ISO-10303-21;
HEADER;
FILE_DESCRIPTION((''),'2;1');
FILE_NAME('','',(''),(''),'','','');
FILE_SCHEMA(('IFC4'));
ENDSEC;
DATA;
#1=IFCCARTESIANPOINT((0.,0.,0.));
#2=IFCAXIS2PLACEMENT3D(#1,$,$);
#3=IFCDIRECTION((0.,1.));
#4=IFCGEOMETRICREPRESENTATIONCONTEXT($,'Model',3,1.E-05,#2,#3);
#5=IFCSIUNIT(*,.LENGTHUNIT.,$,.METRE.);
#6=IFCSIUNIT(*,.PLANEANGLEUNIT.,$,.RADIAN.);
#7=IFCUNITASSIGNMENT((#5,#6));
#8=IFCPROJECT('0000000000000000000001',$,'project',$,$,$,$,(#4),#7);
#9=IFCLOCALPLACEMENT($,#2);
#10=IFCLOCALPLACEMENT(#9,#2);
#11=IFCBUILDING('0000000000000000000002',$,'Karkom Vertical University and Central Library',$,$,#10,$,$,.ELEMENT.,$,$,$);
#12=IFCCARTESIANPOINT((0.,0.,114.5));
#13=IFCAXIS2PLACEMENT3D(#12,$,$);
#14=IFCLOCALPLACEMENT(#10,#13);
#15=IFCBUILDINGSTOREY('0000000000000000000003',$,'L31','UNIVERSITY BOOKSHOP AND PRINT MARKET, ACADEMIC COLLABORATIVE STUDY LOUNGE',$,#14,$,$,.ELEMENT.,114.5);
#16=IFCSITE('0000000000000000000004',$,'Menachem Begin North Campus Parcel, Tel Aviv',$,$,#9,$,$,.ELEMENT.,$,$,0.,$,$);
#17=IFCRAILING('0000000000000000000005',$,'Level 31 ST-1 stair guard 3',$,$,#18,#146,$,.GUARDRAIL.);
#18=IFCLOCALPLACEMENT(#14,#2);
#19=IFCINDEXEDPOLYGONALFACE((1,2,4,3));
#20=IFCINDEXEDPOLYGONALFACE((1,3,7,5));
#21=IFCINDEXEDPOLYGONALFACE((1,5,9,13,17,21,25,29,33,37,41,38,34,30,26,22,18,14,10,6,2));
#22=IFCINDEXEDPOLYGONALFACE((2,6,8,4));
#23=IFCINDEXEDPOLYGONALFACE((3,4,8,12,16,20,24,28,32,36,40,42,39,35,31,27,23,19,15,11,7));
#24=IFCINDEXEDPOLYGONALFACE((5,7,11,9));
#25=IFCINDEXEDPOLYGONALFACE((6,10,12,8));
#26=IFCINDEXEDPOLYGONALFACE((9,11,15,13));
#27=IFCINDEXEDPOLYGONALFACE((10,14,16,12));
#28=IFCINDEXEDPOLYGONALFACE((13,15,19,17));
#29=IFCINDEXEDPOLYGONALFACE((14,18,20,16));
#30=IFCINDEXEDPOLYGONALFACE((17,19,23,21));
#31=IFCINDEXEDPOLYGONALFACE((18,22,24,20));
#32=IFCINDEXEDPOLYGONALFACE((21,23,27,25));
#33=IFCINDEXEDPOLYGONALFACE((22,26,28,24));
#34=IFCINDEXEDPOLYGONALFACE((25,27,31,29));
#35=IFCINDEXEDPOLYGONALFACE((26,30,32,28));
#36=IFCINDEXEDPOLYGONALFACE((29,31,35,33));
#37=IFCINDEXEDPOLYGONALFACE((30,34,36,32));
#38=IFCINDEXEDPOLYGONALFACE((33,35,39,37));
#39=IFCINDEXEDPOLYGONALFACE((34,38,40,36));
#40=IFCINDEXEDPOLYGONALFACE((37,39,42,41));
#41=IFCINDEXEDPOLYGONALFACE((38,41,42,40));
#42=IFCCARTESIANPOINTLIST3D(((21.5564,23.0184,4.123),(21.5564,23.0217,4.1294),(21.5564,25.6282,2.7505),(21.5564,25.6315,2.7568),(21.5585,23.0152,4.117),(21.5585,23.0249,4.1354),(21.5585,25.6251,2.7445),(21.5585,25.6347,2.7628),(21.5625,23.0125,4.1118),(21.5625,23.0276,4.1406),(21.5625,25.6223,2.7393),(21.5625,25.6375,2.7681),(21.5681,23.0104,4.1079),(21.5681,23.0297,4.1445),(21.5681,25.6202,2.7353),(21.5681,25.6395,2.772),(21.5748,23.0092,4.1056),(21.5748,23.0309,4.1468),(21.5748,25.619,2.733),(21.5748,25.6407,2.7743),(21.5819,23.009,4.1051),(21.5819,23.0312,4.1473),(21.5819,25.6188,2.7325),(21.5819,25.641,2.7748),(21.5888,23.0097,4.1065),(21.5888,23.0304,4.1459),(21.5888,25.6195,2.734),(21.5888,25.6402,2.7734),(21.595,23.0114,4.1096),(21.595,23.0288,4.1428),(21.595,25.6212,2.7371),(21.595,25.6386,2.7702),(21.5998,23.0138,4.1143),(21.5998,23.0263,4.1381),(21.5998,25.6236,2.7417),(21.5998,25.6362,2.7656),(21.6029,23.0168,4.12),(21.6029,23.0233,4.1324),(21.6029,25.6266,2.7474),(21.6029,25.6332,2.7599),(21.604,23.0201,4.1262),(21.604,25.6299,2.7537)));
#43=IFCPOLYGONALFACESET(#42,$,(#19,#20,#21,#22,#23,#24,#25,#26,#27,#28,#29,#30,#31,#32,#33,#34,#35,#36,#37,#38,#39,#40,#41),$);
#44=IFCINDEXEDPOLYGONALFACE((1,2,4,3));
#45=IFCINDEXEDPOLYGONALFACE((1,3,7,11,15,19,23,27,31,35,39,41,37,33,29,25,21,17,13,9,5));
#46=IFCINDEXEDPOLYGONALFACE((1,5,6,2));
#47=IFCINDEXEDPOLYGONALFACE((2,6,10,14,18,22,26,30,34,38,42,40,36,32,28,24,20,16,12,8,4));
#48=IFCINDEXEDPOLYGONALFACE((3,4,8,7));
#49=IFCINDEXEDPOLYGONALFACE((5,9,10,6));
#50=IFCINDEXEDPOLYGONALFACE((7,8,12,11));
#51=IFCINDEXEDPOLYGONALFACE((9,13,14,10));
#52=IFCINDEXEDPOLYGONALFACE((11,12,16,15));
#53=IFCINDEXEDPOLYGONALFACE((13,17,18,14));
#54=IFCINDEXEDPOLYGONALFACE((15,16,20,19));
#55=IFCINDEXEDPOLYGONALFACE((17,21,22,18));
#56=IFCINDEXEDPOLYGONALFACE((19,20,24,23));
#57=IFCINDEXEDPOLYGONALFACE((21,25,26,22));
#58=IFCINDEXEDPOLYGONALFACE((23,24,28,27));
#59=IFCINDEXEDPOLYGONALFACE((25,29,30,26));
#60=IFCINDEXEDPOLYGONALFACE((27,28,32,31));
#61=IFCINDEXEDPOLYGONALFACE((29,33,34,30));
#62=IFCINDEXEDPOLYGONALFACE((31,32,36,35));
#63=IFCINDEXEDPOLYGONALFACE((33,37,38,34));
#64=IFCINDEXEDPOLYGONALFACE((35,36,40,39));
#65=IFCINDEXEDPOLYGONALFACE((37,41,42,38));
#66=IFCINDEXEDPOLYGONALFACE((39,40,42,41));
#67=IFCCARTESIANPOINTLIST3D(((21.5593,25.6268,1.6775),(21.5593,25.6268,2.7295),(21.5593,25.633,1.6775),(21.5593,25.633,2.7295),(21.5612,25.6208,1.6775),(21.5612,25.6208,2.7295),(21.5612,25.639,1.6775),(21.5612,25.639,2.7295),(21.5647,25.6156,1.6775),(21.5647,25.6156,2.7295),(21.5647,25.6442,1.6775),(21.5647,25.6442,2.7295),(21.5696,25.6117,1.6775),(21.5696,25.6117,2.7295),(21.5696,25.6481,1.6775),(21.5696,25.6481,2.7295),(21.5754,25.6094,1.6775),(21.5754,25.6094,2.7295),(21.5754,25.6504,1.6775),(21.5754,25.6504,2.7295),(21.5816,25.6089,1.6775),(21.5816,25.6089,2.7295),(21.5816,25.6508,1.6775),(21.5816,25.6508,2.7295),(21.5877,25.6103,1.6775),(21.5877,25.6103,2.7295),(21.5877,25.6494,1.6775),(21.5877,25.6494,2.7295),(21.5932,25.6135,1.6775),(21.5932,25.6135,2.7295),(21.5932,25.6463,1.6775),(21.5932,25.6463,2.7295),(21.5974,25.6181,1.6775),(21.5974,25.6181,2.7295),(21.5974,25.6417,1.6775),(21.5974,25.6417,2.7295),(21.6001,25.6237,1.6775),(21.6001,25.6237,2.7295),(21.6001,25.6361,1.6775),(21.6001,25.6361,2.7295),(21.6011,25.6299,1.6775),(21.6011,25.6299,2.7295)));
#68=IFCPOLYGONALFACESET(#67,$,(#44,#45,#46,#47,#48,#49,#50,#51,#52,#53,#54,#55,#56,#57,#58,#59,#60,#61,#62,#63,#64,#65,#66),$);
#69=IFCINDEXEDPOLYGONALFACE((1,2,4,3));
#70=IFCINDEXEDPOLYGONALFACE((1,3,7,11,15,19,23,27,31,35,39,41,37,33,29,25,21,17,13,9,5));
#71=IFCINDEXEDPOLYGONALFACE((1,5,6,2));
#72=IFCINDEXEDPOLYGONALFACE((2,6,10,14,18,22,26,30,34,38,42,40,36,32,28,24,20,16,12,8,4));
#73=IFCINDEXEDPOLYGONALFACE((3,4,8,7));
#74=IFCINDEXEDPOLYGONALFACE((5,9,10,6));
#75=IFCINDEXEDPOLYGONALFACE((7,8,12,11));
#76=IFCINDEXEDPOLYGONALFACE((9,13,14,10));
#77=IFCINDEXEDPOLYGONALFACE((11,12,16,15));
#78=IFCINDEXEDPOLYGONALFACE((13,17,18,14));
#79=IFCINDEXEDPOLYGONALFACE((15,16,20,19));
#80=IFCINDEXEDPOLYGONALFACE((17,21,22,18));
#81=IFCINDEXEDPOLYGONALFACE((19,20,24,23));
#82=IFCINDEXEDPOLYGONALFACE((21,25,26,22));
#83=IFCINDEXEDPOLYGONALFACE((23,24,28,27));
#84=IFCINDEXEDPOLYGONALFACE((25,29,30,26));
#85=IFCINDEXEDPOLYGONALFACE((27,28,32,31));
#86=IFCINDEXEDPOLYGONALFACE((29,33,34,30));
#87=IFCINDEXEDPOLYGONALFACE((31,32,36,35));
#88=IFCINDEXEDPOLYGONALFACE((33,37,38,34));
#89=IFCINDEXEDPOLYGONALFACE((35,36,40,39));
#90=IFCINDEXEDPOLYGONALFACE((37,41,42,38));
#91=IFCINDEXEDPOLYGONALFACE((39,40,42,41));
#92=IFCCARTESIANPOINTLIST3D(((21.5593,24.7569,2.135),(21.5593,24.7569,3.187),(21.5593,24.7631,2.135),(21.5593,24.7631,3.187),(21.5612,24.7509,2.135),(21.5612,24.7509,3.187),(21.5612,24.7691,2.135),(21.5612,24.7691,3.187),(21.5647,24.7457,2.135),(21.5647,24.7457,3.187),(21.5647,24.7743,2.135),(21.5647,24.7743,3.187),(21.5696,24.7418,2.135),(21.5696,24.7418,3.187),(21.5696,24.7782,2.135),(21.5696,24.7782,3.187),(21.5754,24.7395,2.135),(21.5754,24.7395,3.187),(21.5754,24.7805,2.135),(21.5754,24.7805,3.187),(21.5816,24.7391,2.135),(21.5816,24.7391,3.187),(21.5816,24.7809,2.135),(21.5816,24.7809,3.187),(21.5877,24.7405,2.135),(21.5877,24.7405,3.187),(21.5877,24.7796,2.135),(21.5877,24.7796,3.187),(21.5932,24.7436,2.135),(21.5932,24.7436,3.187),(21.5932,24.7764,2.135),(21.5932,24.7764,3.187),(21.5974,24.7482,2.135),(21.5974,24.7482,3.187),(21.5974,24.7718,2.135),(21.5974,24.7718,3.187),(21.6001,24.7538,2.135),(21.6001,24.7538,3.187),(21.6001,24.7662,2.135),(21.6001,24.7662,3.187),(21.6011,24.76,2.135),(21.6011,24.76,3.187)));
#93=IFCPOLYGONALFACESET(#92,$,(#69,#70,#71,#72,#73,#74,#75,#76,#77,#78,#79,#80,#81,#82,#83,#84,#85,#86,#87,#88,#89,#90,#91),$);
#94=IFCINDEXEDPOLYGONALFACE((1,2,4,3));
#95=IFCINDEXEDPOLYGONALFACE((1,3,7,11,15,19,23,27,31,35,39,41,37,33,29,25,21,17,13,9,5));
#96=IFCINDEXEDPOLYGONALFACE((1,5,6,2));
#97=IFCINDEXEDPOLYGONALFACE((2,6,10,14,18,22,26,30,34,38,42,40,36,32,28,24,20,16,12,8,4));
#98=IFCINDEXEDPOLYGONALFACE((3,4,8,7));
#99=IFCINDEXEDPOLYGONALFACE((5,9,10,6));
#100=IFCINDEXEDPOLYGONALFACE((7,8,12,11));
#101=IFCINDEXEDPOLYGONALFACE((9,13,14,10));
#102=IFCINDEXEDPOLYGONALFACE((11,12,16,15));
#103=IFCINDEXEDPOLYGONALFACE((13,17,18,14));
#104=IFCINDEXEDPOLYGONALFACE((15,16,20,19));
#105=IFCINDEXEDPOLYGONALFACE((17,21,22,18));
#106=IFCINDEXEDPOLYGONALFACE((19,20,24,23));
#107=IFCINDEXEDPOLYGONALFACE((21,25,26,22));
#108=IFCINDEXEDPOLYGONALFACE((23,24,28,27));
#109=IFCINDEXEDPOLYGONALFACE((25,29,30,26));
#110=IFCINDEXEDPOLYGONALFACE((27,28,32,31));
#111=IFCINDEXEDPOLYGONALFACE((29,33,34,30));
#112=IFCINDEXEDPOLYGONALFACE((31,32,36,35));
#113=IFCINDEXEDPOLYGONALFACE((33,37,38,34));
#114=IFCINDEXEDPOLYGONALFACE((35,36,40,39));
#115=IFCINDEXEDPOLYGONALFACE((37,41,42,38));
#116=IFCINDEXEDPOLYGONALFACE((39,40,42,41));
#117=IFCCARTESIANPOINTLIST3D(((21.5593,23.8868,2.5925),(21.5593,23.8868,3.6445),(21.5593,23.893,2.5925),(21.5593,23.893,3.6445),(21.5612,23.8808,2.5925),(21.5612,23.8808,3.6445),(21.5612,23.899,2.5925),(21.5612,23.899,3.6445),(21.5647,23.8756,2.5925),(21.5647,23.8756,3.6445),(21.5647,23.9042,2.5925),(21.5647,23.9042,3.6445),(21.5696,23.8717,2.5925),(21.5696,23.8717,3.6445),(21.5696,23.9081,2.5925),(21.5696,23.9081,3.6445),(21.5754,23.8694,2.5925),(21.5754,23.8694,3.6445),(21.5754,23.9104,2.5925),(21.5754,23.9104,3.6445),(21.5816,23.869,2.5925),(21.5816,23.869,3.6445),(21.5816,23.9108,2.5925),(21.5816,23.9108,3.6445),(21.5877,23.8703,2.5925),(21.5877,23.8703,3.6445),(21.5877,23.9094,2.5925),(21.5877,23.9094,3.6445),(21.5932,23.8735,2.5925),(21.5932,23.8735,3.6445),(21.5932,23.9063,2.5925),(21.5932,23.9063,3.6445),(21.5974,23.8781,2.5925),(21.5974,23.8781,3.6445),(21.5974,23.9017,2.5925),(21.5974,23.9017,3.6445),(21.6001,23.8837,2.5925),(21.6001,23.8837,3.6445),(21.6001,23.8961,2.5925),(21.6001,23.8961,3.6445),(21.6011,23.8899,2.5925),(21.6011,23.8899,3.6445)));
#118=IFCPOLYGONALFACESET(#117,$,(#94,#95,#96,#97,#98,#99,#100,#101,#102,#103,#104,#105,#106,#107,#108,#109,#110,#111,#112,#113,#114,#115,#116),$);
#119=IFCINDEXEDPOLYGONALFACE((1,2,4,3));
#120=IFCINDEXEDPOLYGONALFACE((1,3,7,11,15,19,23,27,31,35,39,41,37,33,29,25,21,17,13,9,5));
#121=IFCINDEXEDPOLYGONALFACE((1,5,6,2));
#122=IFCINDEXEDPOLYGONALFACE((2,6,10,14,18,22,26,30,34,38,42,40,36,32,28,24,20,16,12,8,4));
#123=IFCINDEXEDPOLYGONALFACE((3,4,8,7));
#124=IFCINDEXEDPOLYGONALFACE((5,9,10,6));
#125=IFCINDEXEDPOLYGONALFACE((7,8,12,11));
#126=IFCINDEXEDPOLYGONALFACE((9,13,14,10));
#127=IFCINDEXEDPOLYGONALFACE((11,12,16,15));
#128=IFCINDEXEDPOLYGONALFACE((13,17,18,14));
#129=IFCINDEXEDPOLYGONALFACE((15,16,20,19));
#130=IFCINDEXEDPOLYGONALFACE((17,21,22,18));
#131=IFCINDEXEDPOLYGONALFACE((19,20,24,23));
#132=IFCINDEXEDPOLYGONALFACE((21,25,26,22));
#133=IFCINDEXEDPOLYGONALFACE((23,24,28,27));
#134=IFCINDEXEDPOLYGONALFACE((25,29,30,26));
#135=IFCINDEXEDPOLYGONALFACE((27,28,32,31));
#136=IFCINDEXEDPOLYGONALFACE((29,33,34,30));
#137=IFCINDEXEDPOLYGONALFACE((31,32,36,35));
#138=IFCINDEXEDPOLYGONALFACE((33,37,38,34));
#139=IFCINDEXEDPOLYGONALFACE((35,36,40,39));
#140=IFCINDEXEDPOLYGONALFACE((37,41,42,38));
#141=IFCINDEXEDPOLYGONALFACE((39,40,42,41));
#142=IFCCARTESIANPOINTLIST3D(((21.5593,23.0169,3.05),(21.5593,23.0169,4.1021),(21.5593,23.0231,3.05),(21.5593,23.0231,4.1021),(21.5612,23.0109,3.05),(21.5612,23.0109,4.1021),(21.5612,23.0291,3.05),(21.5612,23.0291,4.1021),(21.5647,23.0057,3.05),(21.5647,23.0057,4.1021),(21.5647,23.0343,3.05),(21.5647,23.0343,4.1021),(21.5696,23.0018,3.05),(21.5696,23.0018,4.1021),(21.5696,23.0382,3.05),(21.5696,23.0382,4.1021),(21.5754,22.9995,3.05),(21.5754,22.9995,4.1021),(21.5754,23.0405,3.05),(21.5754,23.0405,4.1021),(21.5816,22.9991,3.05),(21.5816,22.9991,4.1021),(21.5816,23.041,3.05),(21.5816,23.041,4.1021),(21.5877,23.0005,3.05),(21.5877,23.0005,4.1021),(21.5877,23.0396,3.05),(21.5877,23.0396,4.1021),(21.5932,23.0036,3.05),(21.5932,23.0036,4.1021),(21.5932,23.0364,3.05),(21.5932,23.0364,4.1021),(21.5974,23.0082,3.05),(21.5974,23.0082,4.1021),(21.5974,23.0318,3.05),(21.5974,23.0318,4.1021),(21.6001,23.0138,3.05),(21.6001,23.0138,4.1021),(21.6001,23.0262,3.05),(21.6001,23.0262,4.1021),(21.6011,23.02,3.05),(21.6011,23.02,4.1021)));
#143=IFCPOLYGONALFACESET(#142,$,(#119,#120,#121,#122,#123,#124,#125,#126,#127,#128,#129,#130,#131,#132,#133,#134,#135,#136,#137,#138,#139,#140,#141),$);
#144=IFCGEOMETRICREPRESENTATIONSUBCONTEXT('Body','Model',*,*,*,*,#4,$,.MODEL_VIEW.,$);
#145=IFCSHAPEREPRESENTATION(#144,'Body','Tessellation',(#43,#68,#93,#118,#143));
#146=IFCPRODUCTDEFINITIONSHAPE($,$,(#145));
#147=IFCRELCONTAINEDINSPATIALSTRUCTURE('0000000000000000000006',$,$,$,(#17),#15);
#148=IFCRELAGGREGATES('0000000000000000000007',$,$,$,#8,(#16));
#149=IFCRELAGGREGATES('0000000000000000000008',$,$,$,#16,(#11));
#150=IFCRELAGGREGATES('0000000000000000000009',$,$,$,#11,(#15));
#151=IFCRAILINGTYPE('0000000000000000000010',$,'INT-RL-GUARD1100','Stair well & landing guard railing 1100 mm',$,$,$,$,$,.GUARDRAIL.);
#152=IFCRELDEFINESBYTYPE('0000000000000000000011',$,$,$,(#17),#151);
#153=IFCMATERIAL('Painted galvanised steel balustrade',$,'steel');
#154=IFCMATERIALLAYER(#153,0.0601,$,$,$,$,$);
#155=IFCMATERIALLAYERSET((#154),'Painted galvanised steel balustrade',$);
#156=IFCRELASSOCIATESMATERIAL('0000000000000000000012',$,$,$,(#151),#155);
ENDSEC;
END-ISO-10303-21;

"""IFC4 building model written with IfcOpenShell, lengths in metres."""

from ifc_helpers import new_model, si_unit, direction, frame, origin, origin_2d, place, context, subcontext, project, spatial, circle, extrude, material, layer, layer_set, type_object, element, save


model = new_model("IFC4")

# Units and contexts
model_context = context("Model", 3, precision=1e-05, world=origin(), true_north=direction((0.0, 1.0)))
body_context = subcontext(model_context, "Body", "Model", "MODEL_VIEW")
ifc_project = project(units=[si_unit("LENGTHUNIT", "METRE"), si_unit("PLANEANGLEUNIT", "RADIAN")], contexts=[model_context])

# Site, building, storey
site_placement = place(None, origin())
site = spatial("IfcSite", under=ifc_project, at=site_placement, Name="Menachem Begin North Campus Parcel, Tel Aviv", CompositionType="ELEMENT", RefElevation=0.0)
building_placement = place(site_placement, origin())
building = spatial("IfcBuilding", under=site, at=building_placement, Name="Karkom Vertical University and Central Library", CompositionType="ELEMENT")
storey_placement = place(building_placement, frame((0.0, 0.0, 114.5)))
storey = spatial("IfcBuildingStorey", under=building, at=storey_placement, Name="L31", Description="UNIVERSITY BOOKSHOP AND PRINT MARKET, ACADEMIC COLLABORATIVE STUDY LOUNGE", CompositionType="ELEMENT", Elevation=114.5)

# Railing
ifc_material_1 = material(Name="Painted galvanised steel balustrade", Category="steel")
ifc_layer_1 = layer(ifc_material_1, 0.0601)
ifc_layer_set_1 = layer_set([ifc_layer_1], Name="Painted galvanised steel balustrade")
railing_type_1 = type_object("IfcRailingType", Name="INT-RL-GUARD1100", Description="Stair well & landing guard railing 1100 mm", PredefinedType="GUARDRAIL", material=ifc_layer_set_1)
railing_1_placement = place(storey_placement, frame((21.5801, 25.6299, 1.6775)))
element("IfcRailing", 1, at=railing_1_placement, inside=storey, type_object=railing_type_1, Name="Level 31 ST-1 stair guard 3", PredefinedType="GUARDRAIL", context=body_context, shape_type="SweptSolid", body=[
    extrude(circle(Radius=0.0239, at=origin_2d()), frame((0.0, 0.0, 1.0762), z_axis=(0.0, -0.885065, 0.465467), x_axis=(1.0, 0.0, 0.0)), (0.0, 0.0, 1.0), 2.9487),
    extrude(circle(Radius=0.021, at=origin_2d()), origin(), (0.0, 0.0, 1.0), 1.052),
    extrude(circle(Radius=0.021, at=origin_2d()), frame((0.0, -0.8699, 0.4575)), (0.0, 0.0, 1.0), 1.052),
    extrude(circle(Radius=0.021, at=origin_2d()), frame((0.0, -1.74, 0.915)), (0.0, 0.0, 1.0), 1.052),
    extrude(circle(Radius=0.021, at=origin_2d()), frame((0.0, -2.6099, 1.3726)), (0.0, 0.0, 1.0), 1.052),
])

save(model, "model.ifc")
